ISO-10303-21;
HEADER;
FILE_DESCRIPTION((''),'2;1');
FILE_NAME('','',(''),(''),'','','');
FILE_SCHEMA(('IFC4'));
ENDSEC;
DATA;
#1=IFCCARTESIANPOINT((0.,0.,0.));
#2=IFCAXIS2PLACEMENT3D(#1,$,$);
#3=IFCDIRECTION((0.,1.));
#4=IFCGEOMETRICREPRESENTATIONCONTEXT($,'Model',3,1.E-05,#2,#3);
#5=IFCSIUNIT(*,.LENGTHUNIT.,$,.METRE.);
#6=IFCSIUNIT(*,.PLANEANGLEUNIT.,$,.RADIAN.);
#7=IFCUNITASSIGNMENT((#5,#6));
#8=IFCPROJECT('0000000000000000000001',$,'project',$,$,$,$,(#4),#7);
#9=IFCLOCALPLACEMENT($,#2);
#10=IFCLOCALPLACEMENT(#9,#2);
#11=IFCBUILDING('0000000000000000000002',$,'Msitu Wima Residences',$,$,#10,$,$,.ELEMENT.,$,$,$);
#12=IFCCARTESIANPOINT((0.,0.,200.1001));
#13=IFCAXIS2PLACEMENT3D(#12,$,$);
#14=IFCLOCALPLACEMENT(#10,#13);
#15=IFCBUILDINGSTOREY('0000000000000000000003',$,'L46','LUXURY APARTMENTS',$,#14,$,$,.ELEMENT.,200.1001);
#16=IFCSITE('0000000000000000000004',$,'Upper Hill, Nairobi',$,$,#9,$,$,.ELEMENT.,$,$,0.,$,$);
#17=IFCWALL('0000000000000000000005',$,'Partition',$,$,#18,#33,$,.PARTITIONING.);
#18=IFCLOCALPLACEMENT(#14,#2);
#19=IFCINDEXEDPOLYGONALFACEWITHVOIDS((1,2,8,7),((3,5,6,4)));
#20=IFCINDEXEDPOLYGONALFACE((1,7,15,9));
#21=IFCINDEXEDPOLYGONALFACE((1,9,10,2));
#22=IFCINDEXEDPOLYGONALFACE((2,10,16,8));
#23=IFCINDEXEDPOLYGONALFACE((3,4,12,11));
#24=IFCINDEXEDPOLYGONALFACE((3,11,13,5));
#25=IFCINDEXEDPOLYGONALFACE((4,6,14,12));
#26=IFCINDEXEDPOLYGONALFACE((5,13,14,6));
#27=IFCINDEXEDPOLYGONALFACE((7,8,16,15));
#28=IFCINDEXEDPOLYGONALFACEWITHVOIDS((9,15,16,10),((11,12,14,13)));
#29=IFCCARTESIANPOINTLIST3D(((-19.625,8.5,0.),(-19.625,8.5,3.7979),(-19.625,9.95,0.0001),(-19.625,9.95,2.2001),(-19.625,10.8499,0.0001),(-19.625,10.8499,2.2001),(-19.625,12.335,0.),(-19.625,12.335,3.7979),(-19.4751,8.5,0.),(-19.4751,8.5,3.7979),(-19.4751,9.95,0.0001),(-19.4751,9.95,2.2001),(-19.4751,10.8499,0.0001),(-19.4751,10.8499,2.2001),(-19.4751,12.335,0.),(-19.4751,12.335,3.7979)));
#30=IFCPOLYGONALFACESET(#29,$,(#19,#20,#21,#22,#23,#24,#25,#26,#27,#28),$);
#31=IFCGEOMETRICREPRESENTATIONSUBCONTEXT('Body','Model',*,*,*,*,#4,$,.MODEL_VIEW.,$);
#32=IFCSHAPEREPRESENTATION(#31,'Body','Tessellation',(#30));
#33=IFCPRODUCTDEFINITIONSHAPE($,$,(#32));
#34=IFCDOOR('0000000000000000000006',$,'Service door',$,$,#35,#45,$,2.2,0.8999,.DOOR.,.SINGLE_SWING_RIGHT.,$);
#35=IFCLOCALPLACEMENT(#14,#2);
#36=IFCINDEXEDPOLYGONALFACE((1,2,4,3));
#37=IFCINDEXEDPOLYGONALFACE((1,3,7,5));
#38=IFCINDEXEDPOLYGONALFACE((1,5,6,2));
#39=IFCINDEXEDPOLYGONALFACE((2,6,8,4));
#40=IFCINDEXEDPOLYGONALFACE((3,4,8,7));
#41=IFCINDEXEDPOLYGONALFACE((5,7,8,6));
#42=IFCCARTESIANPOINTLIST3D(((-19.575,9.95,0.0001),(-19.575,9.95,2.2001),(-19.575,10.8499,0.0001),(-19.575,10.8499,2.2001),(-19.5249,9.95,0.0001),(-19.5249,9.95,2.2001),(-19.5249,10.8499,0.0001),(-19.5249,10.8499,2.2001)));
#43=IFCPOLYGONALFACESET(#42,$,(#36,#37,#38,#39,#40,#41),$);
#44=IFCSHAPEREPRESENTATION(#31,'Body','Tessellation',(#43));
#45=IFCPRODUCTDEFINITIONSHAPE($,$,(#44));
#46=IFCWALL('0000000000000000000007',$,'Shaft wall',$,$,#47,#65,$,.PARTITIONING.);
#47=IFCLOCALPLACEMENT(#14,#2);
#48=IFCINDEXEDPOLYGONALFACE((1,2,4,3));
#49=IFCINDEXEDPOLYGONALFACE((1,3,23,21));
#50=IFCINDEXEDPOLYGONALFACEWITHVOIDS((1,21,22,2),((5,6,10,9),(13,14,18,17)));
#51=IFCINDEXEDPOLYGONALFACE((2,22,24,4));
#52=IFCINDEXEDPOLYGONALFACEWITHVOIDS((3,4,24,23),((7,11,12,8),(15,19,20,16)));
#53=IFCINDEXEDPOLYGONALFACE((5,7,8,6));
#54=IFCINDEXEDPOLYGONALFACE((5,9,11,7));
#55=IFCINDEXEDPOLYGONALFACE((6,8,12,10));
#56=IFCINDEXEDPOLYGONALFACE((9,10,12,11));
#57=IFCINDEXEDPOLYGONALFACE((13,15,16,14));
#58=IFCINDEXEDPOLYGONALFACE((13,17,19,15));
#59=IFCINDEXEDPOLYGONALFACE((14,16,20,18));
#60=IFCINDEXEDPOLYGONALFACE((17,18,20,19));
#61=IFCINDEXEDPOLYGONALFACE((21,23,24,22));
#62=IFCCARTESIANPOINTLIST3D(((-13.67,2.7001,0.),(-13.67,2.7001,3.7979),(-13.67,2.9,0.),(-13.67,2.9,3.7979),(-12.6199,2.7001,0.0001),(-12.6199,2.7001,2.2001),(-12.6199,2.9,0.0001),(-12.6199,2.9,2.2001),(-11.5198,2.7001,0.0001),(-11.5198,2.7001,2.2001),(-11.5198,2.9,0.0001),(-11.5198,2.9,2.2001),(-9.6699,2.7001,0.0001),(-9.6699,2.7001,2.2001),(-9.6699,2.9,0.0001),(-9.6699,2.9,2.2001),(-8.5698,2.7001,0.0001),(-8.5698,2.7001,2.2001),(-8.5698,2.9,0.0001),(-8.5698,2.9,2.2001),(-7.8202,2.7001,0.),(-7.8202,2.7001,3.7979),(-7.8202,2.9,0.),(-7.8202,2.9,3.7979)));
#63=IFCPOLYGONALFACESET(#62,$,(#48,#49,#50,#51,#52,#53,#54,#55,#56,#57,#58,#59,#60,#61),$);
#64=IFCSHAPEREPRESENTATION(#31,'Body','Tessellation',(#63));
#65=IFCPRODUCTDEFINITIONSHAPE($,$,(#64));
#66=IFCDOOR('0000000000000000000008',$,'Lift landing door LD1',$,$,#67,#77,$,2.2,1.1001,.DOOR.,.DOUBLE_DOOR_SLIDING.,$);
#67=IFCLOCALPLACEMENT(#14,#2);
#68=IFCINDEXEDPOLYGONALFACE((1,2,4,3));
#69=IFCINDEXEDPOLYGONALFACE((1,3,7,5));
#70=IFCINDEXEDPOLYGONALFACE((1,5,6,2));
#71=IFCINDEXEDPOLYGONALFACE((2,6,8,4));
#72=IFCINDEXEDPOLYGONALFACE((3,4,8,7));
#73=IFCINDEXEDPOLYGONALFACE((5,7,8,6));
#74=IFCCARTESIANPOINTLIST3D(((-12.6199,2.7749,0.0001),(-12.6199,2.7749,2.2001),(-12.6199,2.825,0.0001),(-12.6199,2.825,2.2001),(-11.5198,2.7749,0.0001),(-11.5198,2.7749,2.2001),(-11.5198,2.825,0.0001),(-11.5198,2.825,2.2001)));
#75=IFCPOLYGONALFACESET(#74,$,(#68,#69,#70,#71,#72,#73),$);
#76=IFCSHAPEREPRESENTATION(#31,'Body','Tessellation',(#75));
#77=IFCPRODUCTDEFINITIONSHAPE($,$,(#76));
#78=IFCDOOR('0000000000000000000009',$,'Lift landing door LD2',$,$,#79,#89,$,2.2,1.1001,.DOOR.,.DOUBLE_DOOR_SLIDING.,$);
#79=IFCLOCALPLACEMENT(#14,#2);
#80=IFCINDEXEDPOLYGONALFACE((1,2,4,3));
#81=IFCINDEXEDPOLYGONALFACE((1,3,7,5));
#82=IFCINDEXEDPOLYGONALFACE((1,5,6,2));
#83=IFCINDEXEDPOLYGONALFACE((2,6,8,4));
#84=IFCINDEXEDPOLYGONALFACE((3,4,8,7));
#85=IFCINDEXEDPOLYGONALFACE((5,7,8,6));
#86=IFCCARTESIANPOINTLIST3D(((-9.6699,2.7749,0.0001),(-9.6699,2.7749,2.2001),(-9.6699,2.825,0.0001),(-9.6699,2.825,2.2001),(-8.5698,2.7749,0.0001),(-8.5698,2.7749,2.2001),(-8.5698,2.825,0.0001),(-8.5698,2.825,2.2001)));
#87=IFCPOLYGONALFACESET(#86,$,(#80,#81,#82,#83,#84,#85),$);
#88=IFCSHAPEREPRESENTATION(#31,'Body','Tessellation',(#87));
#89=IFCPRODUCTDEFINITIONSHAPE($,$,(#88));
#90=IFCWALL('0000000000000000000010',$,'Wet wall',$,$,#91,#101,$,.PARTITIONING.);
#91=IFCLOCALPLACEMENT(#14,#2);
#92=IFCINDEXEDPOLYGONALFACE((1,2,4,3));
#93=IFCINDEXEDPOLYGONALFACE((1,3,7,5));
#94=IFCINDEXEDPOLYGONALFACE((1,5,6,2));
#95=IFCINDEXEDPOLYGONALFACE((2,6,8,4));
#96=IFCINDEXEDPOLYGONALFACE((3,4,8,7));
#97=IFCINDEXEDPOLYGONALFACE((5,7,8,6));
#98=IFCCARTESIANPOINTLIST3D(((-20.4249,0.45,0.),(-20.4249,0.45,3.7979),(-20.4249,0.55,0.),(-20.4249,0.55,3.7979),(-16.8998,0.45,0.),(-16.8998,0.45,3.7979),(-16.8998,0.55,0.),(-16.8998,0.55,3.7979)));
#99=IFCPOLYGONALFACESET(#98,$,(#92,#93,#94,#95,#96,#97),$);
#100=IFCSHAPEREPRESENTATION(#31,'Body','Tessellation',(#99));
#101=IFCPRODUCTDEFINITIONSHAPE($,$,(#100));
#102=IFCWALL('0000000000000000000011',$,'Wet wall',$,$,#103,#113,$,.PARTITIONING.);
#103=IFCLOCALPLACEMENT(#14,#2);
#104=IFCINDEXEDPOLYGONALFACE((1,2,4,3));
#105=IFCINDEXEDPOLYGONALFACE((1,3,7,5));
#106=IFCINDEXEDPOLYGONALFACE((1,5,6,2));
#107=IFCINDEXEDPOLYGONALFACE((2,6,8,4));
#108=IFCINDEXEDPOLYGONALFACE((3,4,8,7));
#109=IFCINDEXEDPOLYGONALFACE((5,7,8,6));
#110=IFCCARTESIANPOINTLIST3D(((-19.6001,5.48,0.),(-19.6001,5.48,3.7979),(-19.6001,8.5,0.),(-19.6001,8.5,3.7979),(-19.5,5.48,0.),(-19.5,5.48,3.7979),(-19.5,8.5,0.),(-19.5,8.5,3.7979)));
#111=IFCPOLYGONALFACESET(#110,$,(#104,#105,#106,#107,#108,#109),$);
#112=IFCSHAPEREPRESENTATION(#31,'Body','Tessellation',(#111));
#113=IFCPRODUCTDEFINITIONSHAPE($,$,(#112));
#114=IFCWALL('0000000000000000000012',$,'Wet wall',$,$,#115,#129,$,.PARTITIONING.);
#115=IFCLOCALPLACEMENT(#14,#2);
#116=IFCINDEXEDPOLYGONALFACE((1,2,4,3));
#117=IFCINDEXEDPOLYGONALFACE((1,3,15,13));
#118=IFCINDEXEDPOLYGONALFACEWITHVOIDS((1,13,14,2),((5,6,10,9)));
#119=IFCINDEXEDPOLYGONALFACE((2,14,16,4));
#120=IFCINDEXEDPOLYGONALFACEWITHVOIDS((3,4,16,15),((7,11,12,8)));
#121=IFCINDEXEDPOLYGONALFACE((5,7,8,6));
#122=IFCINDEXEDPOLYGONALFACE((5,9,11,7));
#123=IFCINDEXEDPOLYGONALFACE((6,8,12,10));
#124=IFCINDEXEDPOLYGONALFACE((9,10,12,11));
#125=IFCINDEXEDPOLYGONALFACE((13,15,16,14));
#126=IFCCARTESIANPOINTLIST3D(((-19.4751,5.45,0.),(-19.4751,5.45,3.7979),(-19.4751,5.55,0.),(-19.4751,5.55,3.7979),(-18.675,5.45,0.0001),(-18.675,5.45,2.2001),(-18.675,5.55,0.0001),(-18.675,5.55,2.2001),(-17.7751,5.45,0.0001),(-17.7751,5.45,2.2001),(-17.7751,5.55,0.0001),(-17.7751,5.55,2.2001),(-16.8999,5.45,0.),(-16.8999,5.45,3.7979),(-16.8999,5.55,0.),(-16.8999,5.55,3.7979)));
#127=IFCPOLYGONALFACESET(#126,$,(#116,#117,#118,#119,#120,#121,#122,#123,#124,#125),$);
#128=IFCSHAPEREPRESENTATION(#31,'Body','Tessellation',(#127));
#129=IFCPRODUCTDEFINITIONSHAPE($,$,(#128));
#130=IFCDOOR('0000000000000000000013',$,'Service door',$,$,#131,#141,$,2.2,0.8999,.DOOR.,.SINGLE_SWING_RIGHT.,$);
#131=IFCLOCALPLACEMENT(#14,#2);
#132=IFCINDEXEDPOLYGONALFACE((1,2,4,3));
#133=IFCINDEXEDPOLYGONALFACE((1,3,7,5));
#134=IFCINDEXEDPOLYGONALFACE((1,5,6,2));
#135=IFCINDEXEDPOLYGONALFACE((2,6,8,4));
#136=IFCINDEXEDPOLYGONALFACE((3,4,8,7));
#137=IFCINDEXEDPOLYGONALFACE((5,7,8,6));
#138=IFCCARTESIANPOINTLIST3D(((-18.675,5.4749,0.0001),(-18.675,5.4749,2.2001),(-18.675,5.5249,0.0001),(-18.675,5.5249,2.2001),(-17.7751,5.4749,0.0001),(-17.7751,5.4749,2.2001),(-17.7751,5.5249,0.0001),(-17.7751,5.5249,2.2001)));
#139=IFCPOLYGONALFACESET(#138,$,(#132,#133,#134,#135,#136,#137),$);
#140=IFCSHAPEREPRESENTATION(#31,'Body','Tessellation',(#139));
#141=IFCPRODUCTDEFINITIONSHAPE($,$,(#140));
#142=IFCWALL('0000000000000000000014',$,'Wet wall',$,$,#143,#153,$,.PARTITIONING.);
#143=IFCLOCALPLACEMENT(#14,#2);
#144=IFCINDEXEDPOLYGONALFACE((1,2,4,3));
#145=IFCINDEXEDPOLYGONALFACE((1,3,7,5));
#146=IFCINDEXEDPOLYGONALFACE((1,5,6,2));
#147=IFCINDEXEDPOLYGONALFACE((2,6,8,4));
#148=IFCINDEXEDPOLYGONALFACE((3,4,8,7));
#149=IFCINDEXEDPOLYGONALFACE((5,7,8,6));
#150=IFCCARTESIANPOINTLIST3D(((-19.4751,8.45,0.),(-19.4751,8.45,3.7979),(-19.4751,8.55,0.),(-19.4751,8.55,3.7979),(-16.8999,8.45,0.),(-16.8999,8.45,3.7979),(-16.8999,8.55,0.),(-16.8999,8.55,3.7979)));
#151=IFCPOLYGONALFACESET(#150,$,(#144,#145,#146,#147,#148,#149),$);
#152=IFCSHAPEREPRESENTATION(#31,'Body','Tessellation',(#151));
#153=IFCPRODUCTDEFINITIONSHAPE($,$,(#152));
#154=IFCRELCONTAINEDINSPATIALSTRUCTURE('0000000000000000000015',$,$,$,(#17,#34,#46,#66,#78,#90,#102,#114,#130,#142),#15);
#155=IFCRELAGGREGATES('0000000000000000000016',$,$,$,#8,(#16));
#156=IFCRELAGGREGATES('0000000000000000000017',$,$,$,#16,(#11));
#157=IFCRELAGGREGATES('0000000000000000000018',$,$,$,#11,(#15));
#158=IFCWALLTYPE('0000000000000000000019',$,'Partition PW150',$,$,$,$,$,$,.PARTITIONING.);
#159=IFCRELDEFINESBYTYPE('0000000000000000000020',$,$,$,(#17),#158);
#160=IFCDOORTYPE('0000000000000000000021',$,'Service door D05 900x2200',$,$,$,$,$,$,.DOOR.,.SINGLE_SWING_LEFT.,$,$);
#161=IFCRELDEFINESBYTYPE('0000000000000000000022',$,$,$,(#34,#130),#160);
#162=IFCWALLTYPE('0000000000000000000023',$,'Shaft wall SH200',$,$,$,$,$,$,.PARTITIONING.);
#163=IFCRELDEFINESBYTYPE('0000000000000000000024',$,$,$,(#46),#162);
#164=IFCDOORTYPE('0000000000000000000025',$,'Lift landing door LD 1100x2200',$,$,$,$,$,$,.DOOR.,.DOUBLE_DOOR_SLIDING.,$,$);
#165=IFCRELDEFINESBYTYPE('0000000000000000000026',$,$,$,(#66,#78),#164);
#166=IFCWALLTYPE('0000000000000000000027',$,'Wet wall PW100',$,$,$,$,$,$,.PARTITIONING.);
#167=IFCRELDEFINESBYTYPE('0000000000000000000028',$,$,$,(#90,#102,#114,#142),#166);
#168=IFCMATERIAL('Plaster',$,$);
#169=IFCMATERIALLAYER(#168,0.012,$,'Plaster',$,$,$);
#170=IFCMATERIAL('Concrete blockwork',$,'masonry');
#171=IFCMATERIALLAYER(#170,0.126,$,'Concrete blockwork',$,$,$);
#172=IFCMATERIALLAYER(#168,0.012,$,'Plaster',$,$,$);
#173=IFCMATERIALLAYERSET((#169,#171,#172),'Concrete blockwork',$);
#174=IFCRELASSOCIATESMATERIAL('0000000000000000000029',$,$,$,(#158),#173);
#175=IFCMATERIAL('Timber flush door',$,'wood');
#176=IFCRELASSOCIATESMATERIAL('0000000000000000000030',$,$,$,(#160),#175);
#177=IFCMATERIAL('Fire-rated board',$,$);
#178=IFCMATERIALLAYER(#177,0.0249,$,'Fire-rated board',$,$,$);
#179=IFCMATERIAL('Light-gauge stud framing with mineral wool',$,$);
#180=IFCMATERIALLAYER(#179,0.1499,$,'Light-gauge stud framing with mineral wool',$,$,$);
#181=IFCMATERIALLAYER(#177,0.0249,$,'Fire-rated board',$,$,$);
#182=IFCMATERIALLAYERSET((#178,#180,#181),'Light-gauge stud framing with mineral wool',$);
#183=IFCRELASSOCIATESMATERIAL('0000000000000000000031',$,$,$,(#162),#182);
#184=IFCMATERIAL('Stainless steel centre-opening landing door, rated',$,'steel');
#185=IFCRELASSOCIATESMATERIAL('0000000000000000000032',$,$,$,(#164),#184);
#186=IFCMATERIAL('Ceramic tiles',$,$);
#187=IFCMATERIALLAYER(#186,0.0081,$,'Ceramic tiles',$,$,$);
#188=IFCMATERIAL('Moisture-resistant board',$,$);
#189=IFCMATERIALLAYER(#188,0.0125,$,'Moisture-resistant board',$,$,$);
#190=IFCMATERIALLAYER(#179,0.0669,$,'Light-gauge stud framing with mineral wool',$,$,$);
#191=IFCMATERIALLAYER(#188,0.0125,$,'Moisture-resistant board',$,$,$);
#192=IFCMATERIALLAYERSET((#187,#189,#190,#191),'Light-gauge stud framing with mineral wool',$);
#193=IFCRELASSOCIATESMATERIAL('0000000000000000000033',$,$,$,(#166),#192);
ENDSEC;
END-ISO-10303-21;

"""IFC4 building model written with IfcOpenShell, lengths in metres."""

from ifc_helpers import new_model, si_unit, direction, frame, frame_2d, origin, place, context, subcontext, project, spatial, rectangle, extrude, material, layer, layer_set, type_object, element, fill, save


model = new_model("IFC4")

# Units and contexts
model_context = context("Model", 3, precision=1e-05, world=origin(), true_north=direction((0.0, 1.0)))
body_context = subcontext(model_context, "Body", "Model", "MODEL_VIEW")
ifc_project = project(units=[si_unit("LENGTHUNIT", "METRE"), si_unit("PLANEANGLEUNIT", "RADIAN")], contexts=[model_context])

# Site, building, storey
site_placement = place(None, origin())
site = spatial("IfcSite", under=ifc_project, at=site_placement, Name="Upper Hill, Nairobi", CompositionType="ELEMENT", RefElevation=0.0)
building_placement = place(site_placement, origin())
building = spatial("IfcBuilding", under=site, at=building_placement, Name="Msitu Wima Residences", CompositionType="ELEMENT")
storey_placement = place(building_placement, frame((0.0, 0.0, 200.1001)))
storey = spatial("IfcBuildingStorey", under=building, at=storey_placement, Name="L46", Description="LUXURY APARTMENTS", CompositionType="ELEMENT", Elevation=200.1001)

# Shared definitions
ifc_material_1 = material(Name="Plaster")
ifc_layer_1 = layer(ifc_material_1, 0.012, Name="Plaster")
ifc_material_2 = material(Name="Concrete blockwork", Category="masonry")
ifc_layer_2 = layer(ifc_material_2, 0.126, Name="Concrete blockwork")
ifc_layer_3 = layer(ifc_material_1, 0.012, Name="Plaster")
ifc_layer_set_1 = layer_set([ifc_layer_1, ifc_layer_2, ifc_layer_3], Name="Concrete blockwork")
wall_type_1 = type_object("IfcWallType", Name="Partition PW150", PredefinedType="PARTITIONING", material=ifc_layer_set_1)
ifc_material_3 = material(Name="Timber flush door", Category="wood")

# Wall, opening, door
wall_1_placement = place(storey_placement, frame((-19.55, 8.5, 0.0), z_axis=(0.0, 0.0, 1.0), x_axis=(0.0, 1.0, 0.0)))
wall_1 = element("IfcWall", 1, at=wall_1_placement, inside=storey, type_object=wall_type_1, Name="Partition", PredefinedType="PARTITIONING", context=body_context, shape_type="SweptSolid", body=[
    extrude(rectangle(XDim=3.835, YDim=0.1499, at=frame_2d((1.9175, 0.0))), origin(), (0.0, 0.0, 1.0), 3.7979),
])
opening_1_placement = place(wall_1_placement, frame((1.45, 0.0, 0.0)))
opening_1 = element("IfcOpeningElement", 2, at=opening_1_placement, cuts=wall_1, PredefinedType="OPENING", context=body_context, shape_type="SweptSolid", body=[
    extrude(rectangle(XDim=0.8999, YDim=2.2, at=frame_2d((0.45, 1.1001))), frame((0.0, 0.085, 0.0), z_axis=(0.0, -1.0, 0.0), x_axis=(1.0, 0.0, 0.0)), (0.0, 0.0, 1.0), 0.1699),
])
door_type_1 = type_object("IfcDoorType", Name="Service door D05 900x2200", OperationType="SINGLE_SWING_LEFT", PredefinedType="DOOR", material=ifc_material_3)
door_1_placement = place(opening_1_placement, origin())
door_1 = element("IfcDoor", 3, at=door_1_placement, inside=storey, type_object=door_type_1, Name="Service door", OperationType="SINGLE_SWING_RIGHT", OverallHeight=2.2, OverallWidth=0.8999, PredefinedType="DOOR", context=body_context, shape_type="SweptSolid", body=[
    extrude(rectangle(XDim=0.8999, YDim=2.2, at=frame_2d((0.45, 1.1001))), frame((0.0, 0.0249, 0.0), z_axis=(0.0, -1.0, 0.0), x_axis=(1.0, 0.0, 0.0)), (0.0, 0.0, 1.0), 0.05),
])
fill(opening_1, door_1)

# Wall, openings, doors
ifc_material_4 = material(Name="Fire-rated board")
ifc_layer_4 = layer(ifc_material_4, 0.0249, Name="Fire-rated board")
ifc_material_5 = material(Name="Light-gauge stud framing with mineral wool")
ifc_layer_5 = layer(ifc_material_5, 0.1499, Name="Light-gauge stud framing with mineral wool")
ifc_layer_6 = layer(ifc_material_4, 0.0249, Name="Fire-rated board")
ifc_layer_set_2 = layer_set([ifc_layer_4, ifc_layer_5, ifc_layer_6], Name="Light-gauge stud framing with mineral wool")
wall_type_2 = type_object("IfcWallType", Name="Shaft wall SH200", PredefinedType="PARTITIONING", material=ifc_layer_set_2)
wall_2_placement = place(storey_placement, frame((-13.6699, 2.8, 0.0), z_axis=(0.0, 0.0, 1.0), x_axis=(1.0, 0.0, 0.0)))
wall_2 = element("IfcWall", 4, at=wall_2_placement, inside=storey, type_object=wall_type_2, Name="Shaft wall", PredefinedType="PARTITIONING", context=body_context, shape_type="SweptSolid", body=[
    extrude(rectangle(XDim=5.8499, YDim=0.2, at=frame_2d((2.9248, 0.0))), origin(), (0.0, 0.0, 1.0), 3.7979),
])
opening_2_placement = place(wall_2_placement, frame((1.05, 0.0, 0.0)))
opening_2 = element("IfcOpeningElement", 5, at=opening_2_placement, cuts=wall_2, PredefinedType="OPENING", context=body_context, shape_type="SweptSolid", body=[
    extrude(rectangle(XDim=1.1001, YDim=2.2, at=frame_2d((0.55, 1.1001))), frame((0.0, 0.1099, 0.0), z_axis=(0.0, -1.0, 0.0), x_axis=(1.0, 0.0, 0.0)), (0.0, 0.0, 1.0), 0.22),
])
opening_3_placement = place(wall_2_placement, frame((4.0, 0.0, 0.0)))
opening_3 = element("IfcOpeningElement", 6, at=opening_3_placement, cuts=wall_2, PredefinedType="OPENING", context=body_context, shape_type="SweptSolid", body=[
    extrude(rectangle(XDim=1.1001, YDim=2.2, at=frame_2d((0.55, 1.1001))), frame((0.0, 0.1099, 0.0), z_axis=(0.0, -1.0, 0.0), x_axis=(1.0, 0.0, 0.0)), (0.0, 0.0, 1.0), 0.22),
])
ifc_material_6 = material(Name="Stainless steel centre-opening landing door, rated", Category="steel")
door_type_2 = type_object("IfcDoorType", Name="Lift landing door LD 1100x2200", OperationType="DOUBLE_DOOR_SLIDING", PredefinedType="DOOR", material=ifc_material_6)
door_2_placement = place(opening_2_placement, origin())
door_2 = element("IfcDoor", 7, at=door_2_placement, inside=storey, type_object=door_type_2, Name="Lift landing door LD1", OperationType="DOUBLE_DOOR_SLIDING", OverallHeight=2.2, OverallWidth=1.1001, PredefinedType="DOOR", context=body_context, shape_type="SweptSolid", body=[
    extrude(rectangle(XDim=1.1001, YDim=2.2, at=frame_2d((0.55, 1.1001))), frame((0.0, 0.0249, 0.0), z_axis=(0.0, -1.0, 0.0), x_axis=(1.0, 0.0, 0.0)), (0.0, 0.0, 1.0), 0.05),
])
fill(opening_2, door_2)
door_3_placement = place(opening_3_placement, origin())
door_3 = element("IfcDoor", 8, at=door_3_placement, inside=storey, type_object=door_type_2, Name="Lift landing door LD2", OperationType="DOUBLE_DOOR_SLIDING", OverallHeight=2.2, OverallWidth=1.1001, PredefinedType="DOOR", context=body_context, shape_type="SweptSolid", body=[
    extrude(rectangle(XDim=1.1001, YDim=2.2, at=frame_2d((0.55, 1.1001))), frame((0.0, 0.0249, 0.0), z_axis=(0.0, -1.0, 0.0), x_axis=(1.0, 0.0, 0.0)), (0.0, 0.0, 1.0), 0.05),
])
fill(opening_3, door_3)

# Walls
ifc_material_7 = material(Name="Ceramic tiles")
ifc_layer_7 = layer(ifc_material_7, 0.0081, Name="Ceramic tiles")
ifc_material_8 = material(Name="Moisture-resistant board")
ifc_layer_8 = layer(ifc_material_8, 0.0125, Name="Moisture-resistant board")
ifc_layer_9 = layer(ifc_material_5, 0.0669, Name="Light-gauge stud framing with mineral wool")
ifc_layer_10 = layer(ifc_material_8, 0.0125, Name="Moisture-resistant board")
ifc_layer_set_3 = layer_set([ifc_layer_7, ifc_layer_8, ifc_layer_9, ifc_layer_10], Name="Light-gauge stud framing with mineral wool")
wall_type_3 = type_object("IfcWallType", Name="Wet wall PW100", PredefinedType="PARTITIONING", material=ifc_layer_set_3)
wall_3_placement = place(storey_placement, frame((-20.425, 0.5, 0.0), z_axis=(0.0, 0.0, 1.0), x_axis=(1.0, 0.0, 0.0)))
element("IfcWall", 9, at=wall_3_placement, inside=storey, type_object=wall_type_3, Name="Wet wall", PredefinedType="PARTITIONING", context=body_context, shape_type="SweptSolid", body=[
    extrude(rectangle(XDim=3.5251, YDim=0.1001, at=frame_2d((1.7627, 0.0))), origin(), (0.0, 0.0, 1.0), 3.7979),
])
wall_4_placement = place(storey_placement, frame((-19.55, 5.48, 0.0), z_axis=(0.0, 0.0, 1.0), x_axis=(0.0, 1.0, 0.0)))
element("IfcWall", 10, at=wall_4_placement, inside=storey, type_object=wall_type_3, Name="Wet wall", PredefinedType="PARTITIONING", context=body_context, shape_type="SweptSolid", body=[
    extrude(rectangle(XDim=3.02, YDim=0.1001, at=frame_2d((1.51, 0.0))), origin(), (0.0, 0.0, 1.0), 3.7979),
])

# Wall, opening, door
wall_5_placement = place(storey_placement, frame((-19.4751, 5.5, 0.0), z_axis=(0.0, 0.0, 1.0), x_axis=(1.0, 0.0, 0.0)))
wall_5 = element("IfcWall", 11, at=wall_5_placement, inside=storey, type_object=wall_type_3, Name="Wet wall", PredefinedType="PARTITIONING", context=body_context, shape_type="SweptSolid", body=[
    extrude(rectangle(XDim=2.5752, YDim=0.1001, at=frame_2d((1.2876, 0.0))), origin(), (0.0, 0.0, 1.0), 3.7979),
])
opening_4_placement = place(wall_5_placement, frame((0.8, 0.0, 0.0)))
opening_4 = element("IfcOpeningElement", 12, at=opening_4_placement, cuts=wall_5, PredefinedType="OPENING", context=body_context, shape_type="SweptSolid", body=[
    extrude(rectangle(XDim=0.8999, YDim=2.2, at=frame_2d((0.45, 1.1001))), frame((0.0, 0.0601, 0.0), z_axis=(0.0, -1.0, 0.0), x_axis=(1.0, 0.0, 0.0)), (0.0, 0.0, 1.0), 0.1201),
])
door_4_placement = place(opening_4_placement, origin())
door_4 = element("IfcDoor", 13, at=door_4_placement, inside=storey, type_object=door_type_1, Name="Service door", OperationType="SINGLE_SWING_RIGHT", OverallHeight=2.2, OverallWidth=0.8999, PredefinedType="DOOR", context=body_context, shape_type="SweptSolid", body=[
    extrude(rectangle(XDim=0.8999, YDim=2.2, at=frame_2d((0.45, 1.1001))), frame((0.0, 0.0249, 0.0), z_axis=(0.0, -1.0, 0.0), x_axis=(1.0, 0.0, 0.0)), (0.0, 0.0, 1.0), 0.05),
])
fill(opening_4, door_4)

# Wall
wall_6_placement = place(storey_placement, frame((-19.4751, 8.5, 0.0), z_axis=(0.0, 0.0, 1.0), x_axis=(1.0, 0.0, 0.0)))
element("IfcWall", 14, at=wall_6_placement, inside=storey, type_object=wall_type_3, Name="Wet wall", PredefinedType="PARTITIONING", context=body_context, shape_type="SweptSolid", body=[
    extrude(rectangle(XDim=2.5752, YDim=0.1001, at=frame_2d((1.2876, 0.0))), origin(), (0.0, 0.0, 1.0), 3.7979),
])

save(model, "model.ifc")
